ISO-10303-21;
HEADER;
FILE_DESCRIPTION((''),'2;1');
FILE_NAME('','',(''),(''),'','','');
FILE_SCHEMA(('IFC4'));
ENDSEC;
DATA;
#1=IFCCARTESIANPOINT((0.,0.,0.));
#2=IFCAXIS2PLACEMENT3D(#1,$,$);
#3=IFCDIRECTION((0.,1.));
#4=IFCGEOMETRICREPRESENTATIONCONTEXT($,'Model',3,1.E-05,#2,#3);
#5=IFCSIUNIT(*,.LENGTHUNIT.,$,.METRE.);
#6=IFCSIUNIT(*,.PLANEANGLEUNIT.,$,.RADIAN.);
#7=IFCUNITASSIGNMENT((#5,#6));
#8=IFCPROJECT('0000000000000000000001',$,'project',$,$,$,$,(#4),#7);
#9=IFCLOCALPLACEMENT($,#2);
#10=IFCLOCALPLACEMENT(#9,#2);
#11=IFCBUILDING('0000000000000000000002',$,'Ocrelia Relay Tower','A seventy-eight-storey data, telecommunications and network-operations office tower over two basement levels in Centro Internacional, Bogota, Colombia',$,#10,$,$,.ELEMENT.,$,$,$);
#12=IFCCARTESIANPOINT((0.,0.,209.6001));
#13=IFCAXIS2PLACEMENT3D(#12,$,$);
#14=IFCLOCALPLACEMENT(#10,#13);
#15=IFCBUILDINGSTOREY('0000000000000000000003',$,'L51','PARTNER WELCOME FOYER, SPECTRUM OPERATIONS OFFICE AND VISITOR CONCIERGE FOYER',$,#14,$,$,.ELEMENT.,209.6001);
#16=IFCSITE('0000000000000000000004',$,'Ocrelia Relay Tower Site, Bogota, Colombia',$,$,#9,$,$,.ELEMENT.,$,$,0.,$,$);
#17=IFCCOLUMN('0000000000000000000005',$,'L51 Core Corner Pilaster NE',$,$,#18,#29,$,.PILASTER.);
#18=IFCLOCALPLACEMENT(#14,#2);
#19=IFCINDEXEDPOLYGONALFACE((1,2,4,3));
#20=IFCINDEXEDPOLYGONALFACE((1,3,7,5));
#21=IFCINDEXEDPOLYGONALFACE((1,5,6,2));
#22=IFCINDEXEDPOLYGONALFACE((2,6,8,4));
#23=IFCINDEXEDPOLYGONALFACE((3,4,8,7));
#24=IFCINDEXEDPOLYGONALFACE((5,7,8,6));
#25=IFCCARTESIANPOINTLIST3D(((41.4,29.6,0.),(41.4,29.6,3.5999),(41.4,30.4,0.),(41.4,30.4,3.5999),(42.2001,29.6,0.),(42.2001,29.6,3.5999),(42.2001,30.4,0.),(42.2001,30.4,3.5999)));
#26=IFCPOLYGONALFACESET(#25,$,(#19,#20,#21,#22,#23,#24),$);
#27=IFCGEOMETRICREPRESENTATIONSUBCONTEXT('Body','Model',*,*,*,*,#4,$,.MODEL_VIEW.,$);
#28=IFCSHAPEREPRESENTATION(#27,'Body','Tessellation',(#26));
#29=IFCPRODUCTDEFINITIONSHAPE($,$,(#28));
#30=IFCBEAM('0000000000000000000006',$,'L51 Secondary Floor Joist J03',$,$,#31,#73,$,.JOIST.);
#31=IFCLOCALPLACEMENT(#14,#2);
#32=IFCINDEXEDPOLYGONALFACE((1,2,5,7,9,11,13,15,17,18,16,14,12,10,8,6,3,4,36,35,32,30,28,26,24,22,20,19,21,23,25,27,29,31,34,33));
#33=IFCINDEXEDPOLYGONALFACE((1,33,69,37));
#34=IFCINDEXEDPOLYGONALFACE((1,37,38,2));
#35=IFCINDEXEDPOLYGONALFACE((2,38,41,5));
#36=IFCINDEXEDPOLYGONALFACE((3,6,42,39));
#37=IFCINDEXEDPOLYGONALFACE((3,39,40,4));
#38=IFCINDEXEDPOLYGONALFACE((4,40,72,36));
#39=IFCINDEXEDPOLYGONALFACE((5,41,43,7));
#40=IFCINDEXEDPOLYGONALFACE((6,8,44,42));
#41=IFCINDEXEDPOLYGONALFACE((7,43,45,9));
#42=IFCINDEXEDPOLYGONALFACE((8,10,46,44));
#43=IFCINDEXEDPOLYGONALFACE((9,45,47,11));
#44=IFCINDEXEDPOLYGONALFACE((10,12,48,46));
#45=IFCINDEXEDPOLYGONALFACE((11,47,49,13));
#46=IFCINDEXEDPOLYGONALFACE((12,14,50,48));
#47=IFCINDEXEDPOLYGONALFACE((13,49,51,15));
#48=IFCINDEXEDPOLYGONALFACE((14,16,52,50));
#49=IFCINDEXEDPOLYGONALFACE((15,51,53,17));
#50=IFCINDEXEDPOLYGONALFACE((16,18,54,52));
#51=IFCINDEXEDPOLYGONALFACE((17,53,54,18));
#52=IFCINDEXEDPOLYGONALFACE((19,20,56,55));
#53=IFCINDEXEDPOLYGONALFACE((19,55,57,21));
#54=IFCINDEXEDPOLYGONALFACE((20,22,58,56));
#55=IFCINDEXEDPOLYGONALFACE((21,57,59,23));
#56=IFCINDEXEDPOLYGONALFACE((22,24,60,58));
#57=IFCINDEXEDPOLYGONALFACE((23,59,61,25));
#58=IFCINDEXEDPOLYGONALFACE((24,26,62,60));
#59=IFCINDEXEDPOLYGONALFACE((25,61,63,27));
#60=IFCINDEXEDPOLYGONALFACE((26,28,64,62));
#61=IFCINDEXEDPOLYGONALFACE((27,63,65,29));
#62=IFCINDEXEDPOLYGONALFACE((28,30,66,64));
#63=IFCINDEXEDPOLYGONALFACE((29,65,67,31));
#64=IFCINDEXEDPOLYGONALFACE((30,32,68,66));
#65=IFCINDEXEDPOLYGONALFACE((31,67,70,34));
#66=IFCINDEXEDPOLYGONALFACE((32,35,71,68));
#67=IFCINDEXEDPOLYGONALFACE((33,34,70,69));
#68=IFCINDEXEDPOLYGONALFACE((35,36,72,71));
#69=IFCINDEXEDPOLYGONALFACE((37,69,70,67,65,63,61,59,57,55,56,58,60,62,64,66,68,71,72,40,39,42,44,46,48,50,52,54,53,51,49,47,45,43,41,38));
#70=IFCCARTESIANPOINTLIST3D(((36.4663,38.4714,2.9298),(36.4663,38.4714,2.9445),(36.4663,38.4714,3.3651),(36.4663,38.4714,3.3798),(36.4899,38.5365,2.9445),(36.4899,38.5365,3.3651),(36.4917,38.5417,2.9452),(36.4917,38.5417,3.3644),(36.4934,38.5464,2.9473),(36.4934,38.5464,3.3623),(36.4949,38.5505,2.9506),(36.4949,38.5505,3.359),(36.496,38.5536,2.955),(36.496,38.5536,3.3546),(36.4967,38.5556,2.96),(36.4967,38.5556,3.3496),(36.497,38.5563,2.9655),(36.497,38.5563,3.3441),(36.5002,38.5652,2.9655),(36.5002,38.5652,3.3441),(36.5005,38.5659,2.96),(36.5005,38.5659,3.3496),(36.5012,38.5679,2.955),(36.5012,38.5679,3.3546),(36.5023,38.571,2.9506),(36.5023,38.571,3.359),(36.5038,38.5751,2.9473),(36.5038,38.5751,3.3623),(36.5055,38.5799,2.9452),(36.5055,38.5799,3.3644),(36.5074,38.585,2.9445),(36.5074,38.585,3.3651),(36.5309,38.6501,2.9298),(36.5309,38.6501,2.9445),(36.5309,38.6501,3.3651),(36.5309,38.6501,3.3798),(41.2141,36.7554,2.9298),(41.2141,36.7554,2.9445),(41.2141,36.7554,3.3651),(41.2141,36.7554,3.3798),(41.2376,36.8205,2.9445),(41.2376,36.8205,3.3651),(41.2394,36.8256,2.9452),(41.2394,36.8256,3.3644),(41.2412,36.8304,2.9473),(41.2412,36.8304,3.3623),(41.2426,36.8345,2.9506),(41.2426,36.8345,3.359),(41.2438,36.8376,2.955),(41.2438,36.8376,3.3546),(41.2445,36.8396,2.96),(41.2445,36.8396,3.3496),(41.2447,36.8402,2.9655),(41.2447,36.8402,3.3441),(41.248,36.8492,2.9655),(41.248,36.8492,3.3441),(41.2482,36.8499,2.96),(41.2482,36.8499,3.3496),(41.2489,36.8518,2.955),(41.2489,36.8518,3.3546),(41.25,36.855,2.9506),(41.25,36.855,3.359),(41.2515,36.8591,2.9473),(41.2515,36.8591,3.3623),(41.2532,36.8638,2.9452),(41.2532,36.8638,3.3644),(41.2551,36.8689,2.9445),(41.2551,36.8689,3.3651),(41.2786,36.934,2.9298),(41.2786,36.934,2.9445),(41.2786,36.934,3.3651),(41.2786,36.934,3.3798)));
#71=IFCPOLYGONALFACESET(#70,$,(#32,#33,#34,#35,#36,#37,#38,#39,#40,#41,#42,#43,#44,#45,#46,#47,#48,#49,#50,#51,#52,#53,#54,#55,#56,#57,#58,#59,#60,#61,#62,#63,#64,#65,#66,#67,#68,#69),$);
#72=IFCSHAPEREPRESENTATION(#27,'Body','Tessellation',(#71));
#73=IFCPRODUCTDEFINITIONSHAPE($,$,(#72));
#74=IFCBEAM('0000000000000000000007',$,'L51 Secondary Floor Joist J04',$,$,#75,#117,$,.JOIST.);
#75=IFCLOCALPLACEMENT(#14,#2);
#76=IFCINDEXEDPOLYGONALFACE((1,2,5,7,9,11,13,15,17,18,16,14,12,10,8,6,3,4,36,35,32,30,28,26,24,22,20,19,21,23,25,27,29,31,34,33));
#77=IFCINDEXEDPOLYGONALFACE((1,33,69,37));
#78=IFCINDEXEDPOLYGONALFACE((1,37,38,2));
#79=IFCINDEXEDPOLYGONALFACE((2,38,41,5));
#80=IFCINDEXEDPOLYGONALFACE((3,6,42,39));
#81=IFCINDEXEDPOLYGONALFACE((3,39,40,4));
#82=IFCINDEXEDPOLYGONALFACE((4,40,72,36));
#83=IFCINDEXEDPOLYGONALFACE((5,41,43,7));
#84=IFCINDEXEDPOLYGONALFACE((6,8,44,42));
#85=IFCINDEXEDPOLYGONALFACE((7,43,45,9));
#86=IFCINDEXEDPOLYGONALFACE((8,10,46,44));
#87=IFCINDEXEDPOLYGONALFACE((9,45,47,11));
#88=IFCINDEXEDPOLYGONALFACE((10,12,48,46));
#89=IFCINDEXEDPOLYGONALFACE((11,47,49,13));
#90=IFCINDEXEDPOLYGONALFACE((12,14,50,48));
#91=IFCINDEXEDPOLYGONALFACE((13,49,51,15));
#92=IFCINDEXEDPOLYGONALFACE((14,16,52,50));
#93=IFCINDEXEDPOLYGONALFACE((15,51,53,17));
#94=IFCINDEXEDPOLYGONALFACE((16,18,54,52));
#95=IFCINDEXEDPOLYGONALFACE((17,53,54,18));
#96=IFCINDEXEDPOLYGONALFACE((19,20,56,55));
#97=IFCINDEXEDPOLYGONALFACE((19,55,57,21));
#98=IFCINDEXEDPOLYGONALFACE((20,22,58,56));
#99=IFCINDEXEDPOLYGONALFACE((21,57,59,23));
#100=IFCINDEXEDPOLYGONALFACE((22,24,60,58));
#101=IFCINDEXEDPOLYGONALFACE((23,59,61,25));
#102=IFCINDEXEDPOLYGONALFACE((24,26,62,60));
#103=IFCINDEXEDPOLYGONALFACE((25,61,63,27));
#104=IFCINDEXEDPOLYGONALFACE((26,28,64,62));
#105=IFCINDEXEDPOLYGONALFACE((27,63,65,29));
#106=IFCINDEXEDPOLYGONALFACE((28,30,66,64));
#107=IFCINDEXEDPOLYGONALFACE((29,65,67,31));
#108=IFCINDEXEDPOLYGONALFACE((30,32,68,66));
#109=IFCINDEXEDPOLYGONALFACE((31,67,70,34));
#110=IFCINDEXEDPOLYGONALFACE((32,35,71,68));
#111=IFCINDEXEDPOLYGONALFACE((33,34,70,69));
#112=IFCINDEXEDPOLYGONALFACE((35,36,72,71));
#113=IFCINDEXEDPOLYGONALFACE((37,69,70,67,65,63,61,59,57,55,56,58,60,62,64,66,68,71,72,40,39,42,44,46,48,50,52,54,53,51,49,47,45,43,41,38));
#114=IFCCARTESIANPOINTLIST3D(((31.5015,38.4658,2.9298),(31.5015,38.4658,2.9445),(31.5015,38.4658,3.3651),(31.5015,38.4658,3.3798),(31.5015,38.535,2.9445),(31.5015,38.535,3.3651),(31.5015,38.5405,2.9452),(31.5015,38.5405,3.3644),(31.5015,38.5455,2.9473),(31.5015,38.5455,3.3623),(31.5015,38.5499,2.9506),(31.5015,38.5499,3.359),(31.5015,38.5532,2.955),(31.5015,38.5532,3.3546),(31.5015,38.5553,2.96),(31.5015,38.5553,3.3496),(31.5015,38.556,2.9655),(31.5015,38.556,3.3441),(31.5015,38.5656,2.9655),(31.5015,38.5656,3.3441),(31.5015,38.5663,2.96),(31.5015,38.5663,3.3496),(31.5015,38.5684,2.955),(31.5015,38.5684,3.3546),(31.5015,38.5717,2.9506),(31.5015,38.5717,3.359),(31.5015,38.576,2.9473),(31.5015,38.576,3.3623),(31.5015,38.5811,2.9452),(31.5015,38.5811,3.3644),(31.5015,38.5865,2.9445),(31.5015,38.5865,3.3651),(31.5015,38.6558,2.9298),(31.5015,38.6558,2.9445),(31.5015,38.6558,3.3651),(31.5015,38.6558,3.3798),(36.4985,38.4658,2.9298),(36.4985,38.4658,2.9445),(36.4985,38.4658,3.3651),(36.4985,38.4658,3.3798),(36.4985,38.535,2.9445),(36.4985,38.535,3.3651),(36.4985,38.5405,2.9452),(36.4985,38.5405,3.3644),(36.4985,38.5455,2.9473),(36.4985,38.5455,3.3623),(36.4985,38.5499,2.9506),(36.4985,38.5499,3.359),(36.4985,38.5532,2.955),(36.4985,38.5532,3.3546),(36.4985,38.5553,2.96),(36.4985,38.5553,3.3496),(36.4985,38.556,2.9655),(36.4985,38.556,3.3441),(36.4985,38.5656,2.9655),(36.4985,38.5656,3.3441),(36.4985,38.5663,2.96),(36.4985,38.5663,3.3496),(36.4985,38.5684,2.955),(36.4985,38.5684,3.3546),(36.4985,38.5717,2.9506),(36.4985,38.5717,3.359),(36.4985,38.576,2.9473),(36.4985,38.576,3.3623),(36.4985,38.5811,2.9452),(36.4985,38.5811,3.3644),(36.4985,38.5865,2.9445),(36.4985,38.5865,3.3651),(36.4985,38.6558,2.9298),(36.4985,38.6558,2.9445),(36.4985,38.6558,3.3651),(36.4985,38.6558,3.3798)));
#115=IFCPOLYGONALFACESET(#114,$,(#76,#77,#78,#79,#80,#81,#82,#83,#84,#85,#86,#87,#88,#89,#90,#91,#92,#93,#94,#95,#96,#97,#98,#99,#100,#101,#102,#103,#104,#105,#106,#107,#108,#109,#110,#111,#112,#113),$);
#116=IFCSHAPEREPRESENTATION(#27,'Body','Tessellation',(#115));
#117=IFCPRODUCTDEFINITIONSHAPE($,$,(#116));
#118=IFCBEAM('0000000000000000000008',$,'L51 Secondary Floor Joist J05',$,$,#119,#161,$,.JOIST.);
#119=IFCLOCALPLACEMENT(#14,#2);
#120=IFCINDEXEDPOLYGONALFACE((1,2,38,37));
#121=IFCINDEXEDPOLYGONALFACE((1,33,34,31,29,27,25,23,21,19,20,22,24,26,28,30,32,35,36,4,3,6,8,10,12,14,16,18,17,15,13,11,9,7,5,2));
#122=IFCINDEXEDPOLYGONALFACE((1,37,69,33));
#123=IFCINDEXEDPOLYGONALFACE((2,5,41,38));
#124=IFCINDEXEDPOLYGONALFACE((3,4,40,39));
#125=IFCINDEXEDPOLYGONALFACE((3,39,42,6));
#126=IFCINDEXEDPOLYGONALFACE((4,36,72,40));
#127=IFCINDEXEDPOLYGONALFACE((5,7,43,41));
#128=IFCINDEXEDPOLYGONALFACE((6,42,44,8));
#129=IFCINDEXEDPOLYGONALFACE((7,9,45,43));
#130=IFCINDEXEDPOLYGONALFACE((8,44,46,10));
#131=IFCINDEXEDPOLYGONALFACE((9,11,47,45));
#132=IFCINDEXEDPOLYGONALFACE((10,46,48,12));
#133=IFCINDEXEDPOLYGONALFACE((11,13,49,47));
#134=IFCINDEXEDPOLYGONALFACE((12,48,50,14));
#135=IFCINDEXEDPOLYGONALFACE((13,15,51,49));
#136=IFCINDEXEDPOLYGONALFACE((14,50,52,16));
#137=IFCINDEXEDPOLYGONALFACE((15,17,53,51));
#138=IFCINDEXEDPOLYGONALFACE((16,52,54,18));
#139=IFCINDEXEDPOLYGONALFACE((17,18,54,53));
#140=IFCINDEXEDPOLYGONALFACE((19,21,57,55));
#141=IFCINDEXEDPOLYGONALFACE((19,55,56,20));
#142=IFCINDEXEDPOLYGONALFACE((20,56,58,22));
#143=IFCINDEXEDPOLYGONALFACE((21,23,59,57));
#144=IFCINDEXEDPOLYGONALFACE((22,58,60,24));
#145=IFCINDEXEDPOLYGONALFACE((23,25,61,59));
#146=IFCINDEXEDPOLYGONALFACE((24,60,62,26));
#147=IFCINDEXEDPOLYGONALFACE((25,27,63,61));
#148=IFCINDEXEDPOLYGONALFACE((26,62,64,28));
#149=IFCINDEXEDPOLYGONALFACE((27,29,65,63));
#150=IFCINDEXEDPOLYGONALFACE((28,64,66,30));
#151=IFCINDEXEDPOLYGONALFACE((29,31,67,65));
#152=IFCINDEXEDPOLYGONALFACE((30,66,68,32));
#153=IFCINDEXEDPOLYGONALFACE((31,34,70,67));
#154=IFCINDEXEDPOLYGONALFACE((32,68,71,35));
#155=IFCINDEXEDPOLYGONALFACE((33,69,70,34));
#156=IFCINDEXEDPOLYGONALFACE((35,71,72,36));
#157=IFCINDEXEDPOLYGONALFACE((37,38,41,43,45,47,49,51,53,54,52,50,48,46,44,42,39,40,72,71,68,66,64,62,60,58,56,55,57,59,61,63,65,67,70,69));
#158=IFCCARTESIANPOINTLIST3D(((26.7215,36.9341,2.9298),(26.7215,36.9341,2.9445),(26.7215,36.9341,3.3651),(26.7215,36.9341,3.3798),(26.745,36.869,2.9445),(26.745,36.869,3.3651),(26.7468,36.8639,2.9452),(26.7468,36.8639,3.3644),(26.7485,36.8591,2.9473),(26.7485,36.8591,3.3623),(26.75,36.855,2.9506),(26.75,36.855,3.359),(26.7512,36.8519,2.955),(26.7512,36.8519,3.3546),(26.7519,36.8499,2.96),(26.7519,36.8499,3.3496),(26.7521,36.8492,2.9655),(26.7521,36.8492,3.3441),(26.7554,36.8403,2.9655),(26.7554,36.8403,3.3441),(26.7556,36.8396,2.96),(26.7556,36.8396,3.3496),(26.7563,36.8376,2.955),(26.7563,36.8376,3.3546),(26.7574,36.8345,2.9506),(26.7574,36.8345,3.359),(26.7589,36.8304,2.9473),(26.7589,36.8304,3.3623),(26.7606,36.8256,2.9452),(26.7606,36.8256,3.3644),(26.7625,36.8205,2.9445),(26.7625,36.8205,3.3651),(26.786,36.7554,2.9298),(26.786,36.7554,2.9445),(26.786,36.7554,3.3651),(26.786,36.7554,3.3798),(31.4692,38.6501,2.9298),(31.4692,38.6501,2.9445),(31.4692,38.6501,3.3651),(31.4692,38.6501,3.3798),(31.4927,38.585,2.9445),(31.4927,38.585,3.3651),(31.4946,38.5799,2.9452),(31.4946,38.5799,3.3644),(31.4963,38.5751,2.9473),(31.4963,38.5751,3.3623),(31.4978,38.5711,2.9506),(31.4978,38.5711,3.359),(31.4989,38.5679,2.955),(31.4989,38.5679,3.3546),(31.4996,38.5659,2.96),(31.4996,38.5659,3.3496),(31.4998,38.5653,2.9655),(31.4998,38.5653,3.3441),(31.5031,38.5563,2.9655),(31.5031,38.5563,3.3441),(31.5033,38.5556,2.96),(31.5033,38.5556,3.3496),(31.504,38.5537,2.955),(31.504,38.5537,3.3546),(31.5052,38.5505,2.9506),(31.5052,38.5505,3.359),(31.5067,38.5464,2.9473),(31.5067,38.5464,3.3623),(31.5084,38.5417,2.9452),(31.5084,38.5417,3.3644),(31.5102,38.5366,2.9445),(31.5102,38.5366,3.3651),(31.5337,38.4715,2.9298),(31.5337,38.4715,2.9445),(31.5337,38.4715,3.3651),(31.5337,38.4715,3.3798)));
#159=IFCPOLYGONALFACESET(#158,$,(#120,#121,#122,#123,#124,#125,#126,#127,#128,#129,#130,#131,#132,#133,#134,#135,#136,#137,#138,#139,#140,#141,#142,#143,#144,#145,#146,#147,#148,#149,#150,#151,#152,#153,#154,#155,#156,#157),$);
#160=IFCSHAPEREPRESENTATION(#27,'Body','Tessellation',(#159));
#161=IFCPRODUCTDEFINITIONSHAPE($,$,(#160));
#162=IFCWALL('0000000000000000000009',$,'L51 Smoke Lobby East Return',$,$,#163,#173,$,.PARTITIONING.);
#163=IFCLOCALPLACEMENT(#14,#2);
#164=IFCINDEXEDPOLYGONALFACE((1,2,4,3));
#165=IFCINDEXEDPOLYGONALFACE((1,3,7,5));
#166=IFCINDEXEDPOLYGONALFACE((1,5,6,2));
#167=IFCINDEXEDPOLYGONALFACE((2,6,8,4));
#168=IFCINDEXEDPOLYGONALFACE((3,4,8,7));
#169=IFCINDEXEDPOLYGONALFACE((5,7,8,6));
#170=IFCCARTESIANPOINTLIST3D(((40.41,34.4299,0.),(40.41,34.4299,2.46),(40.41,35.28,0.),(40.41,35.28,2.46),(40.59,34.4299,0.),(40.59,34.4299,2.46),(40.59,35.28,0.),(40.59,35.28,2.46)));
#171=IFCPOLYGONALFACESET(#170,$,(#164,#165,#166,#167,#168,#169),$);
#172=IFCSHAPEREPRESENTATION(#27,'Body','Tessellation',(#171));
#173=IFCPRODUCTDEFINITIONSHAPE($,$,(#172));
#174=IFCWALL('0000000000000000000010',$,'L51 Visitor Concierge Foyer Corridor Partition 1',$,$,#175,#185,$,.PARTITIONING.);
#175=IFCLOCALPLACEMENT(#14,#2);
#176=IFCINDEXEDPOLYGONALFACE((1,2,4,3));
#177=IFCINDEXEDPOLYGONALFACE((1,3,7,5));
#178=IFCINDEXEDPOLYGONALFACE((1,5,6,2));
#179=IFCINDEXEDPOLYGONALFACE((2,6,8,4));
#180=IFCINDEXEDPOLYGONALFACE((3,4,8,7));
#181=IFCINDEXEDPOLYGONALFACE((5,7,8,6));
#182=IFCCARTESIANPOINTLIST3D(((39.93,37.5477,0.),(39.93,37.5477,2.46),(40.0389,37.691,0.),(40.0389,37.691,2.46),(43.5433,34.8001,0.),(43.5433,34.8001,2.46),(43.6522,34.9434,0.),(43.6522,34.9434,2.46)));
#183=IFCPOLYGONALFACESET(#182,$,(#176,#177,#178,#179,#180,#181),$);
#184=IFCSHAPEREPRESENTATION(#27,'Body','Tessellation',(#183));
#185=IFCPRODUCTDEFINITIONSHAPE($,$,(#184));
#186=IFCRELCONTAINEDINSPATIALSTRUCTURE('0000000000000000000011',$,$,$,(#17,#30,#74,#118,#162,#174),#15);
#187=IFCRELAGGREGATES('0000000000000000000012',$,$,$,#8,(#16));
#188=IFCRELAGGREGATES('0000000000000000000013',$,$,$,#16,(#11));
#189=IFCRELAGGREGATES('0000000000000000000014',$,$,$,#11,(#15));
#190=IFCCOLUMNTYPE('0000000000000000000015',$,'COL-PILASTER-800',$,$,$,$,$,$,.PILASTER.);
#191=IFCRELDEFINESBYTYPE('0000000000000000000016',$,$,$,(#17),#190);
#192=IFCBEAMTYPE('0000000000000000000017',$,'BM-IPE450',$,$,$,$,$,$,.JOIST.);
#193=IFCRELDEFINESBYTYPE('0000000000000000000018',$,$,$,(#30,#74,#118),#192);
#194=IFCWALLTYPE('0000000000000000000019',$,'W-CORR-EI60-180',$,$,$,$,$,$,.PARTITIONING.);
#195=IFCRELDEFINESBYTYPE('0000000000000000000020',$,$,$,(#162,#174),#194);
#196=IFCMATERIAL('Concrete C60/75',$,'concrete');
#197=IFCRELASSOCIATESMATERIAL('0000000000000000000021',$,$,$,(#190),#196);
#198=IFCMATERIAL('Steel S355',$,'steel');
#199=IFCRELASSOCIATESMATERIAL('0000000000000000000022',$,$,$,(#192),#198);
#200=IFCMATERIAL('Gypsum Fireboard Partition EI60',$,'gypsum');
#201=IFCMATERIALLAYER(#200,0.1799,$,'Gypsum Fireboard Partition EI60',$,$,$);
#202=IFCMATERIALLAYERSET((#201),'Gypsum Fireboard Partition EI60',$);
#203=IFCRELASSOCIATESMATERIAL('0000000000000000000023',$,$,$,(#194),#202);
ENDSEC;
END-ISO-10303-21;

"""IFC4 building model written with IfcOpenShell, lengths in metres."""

from ifc_helpers import new_model, si_unit, direction, frame, frame_2d, origin, origin_2d, place, context, subcontext, project, spatial, rectangle, i_section, extrude, material, layer, layer_set, material_profile, profile_set, type_object, element, save


model = new_model("IFC4")

# Units and contexts
model_context = context("Model", 3, precision=1e-05, world=origin(), true_north=direction((0.0, 1.0)))
body_context = subcontext(model_context, "Body", "Model", "MODEL_VIEW")
ifc_project = project(units=[si_unit("LENGTHUNIT", "METRE"), si_unit("PLANEANGLEUNIT", "RADIAN")], contexts=[model_context])

# Site, building, storey
site_placement = place(None, origin())
site = spatial("IfcSite", under=ifc_project, at=site_placement, Name="Ocrelia Relay Tower Site, Bogota, Colombia", CompositionType="ELEMENT", RefElevation=0.0)
building_placement = place(site_placement, origin())
building = spatial("IfcBuilding", under=site, at=building_placement, Name="Ocrelia Relay Tower", Description="A seventy-eight-storey data, telecommunications and network-operations office tower over two basement levels in Centro Internacional, Bogota, Colombia", CompositionType="ELEMENT")
storey_placement = place(building_placement, frame((0.0, 0.0, 209.6001)))
storey = spatial("IfcBuildingStorey", under=building, at=storey_placement, Name="L51", Description="PARTNER WELCOME FOYER, SPECTRUM OPERATIONS OFFICE AND VISITOR CONCIERGE FOYER", CompositionType="ELEMENT", Elevation=209.6001)

# Column
ifc_material_1 = material(Name="Concrete C60/75", Category="concrete")
ifc_material_profile_1 = material_profile(ifc_material_1, rectangle(XDim=0.8, YDim=0.8, at=origin_2d()), Name="RC-COL-800x800")
ifc_profile_set_1 = profile_set([ifc_material_profile_1], Name="Concrete C60/75")
column_type = type_object("IfcColumnType", Name="COL-PILASTER-800", PredefinedType="PILASTER", material=ifc_profile_set_1)
column_placement = place(storey_placement, frame((41.8, 30.0, 0.0), z_axis=(0.0, 0.0, 1.0), x_axis=(1.0, 0.0, 0.0)))
element("IfcColumn", 1, at=column_placement, inside=storey, type_object=column_type, Name="L51 Core Corner Pilaster NE", PredefinedType="PILASTER", context=body_context, shape_type="SweptSolid", body=[
    extrude(rectangle(XDim=0.8, YDim=0.8, at=origin_2d()), origin(), (0.0, 0.0, 1.0), 3.5999),
])

# Beams
ifc_material_2 = material(Name="Steel S355", Category="steel")
ifc_material_profile_2 = material_profile(ifc_material_2, i_section(OverallWidth=0.1899, OverallDepth=0.45, WebThickness=0.0095, FlangeThickness=0.0146, FilletRadius=0.021, at=origin_2d()), Name="IPE 450")
ifc_profile_set_2 = profile_set([ifc_material_profile_2], Name="Steel S355")
beam_type = type_object("IfcBeamType", Name="BM-IPE450", PredefinedType="JOIST", material=ifc_profile_set_2)
beam_1_placement = place(storey_placement, frame((41.2463, 36.8447, 3.1548), z_axis=(-0.940454, 0.339921, 0.0), x_axis=(-0.339921, -0.940454, 0.0)))
element("IfcBeam", 2, at=beam_1_placement, inside=storey, type_object=beam_type, Name="L51 Secondary Floor Joist J03", PredefinedType="JOIST", context=body_context, shape_type="SweptSolid", body=[
    extrude(i_section(OverallWidth=0.1899, OverallDepth=0.45, WebThickness=0.0095, FlangeThickness=0.0146, FilletRadius=0.021, at=origin_2d()), origin(), (0.0, 0.0, 1.0), 5.0483),
])
beam_2_placement = place(storey_placement, frame((36.4985, 38.5608, 3.1548), z_axis=(-1.0, 0.0, 0.0), x_axis=(0.0, -1.0, 0.0)))
element("IfcBeam", 3, at=beam_2_placement, inside=storey, type_object=beam_type, Name="L51 Secondary Floor Joist J04", PredefinedType="JOIST", context=body_context, shape_type="SweptSolid", body=[
    extrude(i_section(OverallWidth=0.1899, OverallDepth=0.45, WebThickness=0.0095, FlangeThickness=0.0146, FilletRadius=0.021, at=origin_2d()), origin(), (0.0, 0.0, 1.0), 4.9971),
])
beam_3_placement = place(storey_placement, frame((31.5015, 38.5608, 3.1548), z_axis=(-0.940454, -0.339921, 0.0), x_axis=(0.339921, -0.940454, 0.0)))
element("IfcBeam", 4, at=beam_3_placement, inside=storey, type_object=beam_type, Name="L51 Secondary Floor Joist J05", PredefinedType="JOIST", context=body_context, shape_type="SweptSolid", body=[
    extrude(i_section(OverallWidth=0.1899, OverallDepth=0.45, WebThickness=0.0095, FlangeThickness=0.0146, FilletRadius=0.021, at=origin_2d()), origin(), (0.0, 0.0, 1.0), 5.0483),
])

# Wall
ifc_material_3 = material(Name="Gypsum Fireboard Partition EI60", Category="gypsum")
ifc_layer_1 = layer(ifc_material_3, 0.1799, Name="Gypsum Fireboard Partition EI60")
ifc_layer_set_1 = layer_set([ifc_layer_1], Name="Gypsum Fireboard Partition EI60")
wall_type_1 = type_object("IfcWallType", Name="W-CORR-EI60-180", PredefinedType="PARTITIONING", material=ifc_layer_set_1)
wall_1_placement = place(storey_placement, frame((40.5, 35.28, 0.0), z_axis=(0.0, 0.0, 1.0), x_axis=(0.0, -1.0, 0.0)))
element("IfcWall", 5, at=wall_1_placement, inside=storey, type_object=wall_type_1, Name="L51 Smoke Lobby East Return", PredefinedType="PARTITIONING", context=body_context, shape_type="SweptSolid", body=[
    extrude(rectangle(XDim=0.8501, YDim=0.1799, at=frame_2d((0.425, 0.0))), origin(), (0.0, 0.0, 1.0), 2.46),
])

# Wall
wall_2_placement = place(storey_placement, frame((43.5977, 34.8718, 0.0), z_axis=(0.0, 0.0, 1.0), x_axis=(-0.796007, 0.605288, 0.0)))
element("IfcWall", 6, at=wall_2_placement, inside=storey, type_object=wall_type_1, Name="L51 Visitor Concierge Foyer Corridor Partition 1", PredefinedType="PARTITIONING", context=body_context, shape_type="SweptSolid", body=[
    extrude(rectangle(XDim=4.5393, YDim=0.1799, at=frame_2d((2.2695, 0.0))), origin(), (0.0, 0.0, 1.0), 2.46),
])

save(model, "model.ifc")
